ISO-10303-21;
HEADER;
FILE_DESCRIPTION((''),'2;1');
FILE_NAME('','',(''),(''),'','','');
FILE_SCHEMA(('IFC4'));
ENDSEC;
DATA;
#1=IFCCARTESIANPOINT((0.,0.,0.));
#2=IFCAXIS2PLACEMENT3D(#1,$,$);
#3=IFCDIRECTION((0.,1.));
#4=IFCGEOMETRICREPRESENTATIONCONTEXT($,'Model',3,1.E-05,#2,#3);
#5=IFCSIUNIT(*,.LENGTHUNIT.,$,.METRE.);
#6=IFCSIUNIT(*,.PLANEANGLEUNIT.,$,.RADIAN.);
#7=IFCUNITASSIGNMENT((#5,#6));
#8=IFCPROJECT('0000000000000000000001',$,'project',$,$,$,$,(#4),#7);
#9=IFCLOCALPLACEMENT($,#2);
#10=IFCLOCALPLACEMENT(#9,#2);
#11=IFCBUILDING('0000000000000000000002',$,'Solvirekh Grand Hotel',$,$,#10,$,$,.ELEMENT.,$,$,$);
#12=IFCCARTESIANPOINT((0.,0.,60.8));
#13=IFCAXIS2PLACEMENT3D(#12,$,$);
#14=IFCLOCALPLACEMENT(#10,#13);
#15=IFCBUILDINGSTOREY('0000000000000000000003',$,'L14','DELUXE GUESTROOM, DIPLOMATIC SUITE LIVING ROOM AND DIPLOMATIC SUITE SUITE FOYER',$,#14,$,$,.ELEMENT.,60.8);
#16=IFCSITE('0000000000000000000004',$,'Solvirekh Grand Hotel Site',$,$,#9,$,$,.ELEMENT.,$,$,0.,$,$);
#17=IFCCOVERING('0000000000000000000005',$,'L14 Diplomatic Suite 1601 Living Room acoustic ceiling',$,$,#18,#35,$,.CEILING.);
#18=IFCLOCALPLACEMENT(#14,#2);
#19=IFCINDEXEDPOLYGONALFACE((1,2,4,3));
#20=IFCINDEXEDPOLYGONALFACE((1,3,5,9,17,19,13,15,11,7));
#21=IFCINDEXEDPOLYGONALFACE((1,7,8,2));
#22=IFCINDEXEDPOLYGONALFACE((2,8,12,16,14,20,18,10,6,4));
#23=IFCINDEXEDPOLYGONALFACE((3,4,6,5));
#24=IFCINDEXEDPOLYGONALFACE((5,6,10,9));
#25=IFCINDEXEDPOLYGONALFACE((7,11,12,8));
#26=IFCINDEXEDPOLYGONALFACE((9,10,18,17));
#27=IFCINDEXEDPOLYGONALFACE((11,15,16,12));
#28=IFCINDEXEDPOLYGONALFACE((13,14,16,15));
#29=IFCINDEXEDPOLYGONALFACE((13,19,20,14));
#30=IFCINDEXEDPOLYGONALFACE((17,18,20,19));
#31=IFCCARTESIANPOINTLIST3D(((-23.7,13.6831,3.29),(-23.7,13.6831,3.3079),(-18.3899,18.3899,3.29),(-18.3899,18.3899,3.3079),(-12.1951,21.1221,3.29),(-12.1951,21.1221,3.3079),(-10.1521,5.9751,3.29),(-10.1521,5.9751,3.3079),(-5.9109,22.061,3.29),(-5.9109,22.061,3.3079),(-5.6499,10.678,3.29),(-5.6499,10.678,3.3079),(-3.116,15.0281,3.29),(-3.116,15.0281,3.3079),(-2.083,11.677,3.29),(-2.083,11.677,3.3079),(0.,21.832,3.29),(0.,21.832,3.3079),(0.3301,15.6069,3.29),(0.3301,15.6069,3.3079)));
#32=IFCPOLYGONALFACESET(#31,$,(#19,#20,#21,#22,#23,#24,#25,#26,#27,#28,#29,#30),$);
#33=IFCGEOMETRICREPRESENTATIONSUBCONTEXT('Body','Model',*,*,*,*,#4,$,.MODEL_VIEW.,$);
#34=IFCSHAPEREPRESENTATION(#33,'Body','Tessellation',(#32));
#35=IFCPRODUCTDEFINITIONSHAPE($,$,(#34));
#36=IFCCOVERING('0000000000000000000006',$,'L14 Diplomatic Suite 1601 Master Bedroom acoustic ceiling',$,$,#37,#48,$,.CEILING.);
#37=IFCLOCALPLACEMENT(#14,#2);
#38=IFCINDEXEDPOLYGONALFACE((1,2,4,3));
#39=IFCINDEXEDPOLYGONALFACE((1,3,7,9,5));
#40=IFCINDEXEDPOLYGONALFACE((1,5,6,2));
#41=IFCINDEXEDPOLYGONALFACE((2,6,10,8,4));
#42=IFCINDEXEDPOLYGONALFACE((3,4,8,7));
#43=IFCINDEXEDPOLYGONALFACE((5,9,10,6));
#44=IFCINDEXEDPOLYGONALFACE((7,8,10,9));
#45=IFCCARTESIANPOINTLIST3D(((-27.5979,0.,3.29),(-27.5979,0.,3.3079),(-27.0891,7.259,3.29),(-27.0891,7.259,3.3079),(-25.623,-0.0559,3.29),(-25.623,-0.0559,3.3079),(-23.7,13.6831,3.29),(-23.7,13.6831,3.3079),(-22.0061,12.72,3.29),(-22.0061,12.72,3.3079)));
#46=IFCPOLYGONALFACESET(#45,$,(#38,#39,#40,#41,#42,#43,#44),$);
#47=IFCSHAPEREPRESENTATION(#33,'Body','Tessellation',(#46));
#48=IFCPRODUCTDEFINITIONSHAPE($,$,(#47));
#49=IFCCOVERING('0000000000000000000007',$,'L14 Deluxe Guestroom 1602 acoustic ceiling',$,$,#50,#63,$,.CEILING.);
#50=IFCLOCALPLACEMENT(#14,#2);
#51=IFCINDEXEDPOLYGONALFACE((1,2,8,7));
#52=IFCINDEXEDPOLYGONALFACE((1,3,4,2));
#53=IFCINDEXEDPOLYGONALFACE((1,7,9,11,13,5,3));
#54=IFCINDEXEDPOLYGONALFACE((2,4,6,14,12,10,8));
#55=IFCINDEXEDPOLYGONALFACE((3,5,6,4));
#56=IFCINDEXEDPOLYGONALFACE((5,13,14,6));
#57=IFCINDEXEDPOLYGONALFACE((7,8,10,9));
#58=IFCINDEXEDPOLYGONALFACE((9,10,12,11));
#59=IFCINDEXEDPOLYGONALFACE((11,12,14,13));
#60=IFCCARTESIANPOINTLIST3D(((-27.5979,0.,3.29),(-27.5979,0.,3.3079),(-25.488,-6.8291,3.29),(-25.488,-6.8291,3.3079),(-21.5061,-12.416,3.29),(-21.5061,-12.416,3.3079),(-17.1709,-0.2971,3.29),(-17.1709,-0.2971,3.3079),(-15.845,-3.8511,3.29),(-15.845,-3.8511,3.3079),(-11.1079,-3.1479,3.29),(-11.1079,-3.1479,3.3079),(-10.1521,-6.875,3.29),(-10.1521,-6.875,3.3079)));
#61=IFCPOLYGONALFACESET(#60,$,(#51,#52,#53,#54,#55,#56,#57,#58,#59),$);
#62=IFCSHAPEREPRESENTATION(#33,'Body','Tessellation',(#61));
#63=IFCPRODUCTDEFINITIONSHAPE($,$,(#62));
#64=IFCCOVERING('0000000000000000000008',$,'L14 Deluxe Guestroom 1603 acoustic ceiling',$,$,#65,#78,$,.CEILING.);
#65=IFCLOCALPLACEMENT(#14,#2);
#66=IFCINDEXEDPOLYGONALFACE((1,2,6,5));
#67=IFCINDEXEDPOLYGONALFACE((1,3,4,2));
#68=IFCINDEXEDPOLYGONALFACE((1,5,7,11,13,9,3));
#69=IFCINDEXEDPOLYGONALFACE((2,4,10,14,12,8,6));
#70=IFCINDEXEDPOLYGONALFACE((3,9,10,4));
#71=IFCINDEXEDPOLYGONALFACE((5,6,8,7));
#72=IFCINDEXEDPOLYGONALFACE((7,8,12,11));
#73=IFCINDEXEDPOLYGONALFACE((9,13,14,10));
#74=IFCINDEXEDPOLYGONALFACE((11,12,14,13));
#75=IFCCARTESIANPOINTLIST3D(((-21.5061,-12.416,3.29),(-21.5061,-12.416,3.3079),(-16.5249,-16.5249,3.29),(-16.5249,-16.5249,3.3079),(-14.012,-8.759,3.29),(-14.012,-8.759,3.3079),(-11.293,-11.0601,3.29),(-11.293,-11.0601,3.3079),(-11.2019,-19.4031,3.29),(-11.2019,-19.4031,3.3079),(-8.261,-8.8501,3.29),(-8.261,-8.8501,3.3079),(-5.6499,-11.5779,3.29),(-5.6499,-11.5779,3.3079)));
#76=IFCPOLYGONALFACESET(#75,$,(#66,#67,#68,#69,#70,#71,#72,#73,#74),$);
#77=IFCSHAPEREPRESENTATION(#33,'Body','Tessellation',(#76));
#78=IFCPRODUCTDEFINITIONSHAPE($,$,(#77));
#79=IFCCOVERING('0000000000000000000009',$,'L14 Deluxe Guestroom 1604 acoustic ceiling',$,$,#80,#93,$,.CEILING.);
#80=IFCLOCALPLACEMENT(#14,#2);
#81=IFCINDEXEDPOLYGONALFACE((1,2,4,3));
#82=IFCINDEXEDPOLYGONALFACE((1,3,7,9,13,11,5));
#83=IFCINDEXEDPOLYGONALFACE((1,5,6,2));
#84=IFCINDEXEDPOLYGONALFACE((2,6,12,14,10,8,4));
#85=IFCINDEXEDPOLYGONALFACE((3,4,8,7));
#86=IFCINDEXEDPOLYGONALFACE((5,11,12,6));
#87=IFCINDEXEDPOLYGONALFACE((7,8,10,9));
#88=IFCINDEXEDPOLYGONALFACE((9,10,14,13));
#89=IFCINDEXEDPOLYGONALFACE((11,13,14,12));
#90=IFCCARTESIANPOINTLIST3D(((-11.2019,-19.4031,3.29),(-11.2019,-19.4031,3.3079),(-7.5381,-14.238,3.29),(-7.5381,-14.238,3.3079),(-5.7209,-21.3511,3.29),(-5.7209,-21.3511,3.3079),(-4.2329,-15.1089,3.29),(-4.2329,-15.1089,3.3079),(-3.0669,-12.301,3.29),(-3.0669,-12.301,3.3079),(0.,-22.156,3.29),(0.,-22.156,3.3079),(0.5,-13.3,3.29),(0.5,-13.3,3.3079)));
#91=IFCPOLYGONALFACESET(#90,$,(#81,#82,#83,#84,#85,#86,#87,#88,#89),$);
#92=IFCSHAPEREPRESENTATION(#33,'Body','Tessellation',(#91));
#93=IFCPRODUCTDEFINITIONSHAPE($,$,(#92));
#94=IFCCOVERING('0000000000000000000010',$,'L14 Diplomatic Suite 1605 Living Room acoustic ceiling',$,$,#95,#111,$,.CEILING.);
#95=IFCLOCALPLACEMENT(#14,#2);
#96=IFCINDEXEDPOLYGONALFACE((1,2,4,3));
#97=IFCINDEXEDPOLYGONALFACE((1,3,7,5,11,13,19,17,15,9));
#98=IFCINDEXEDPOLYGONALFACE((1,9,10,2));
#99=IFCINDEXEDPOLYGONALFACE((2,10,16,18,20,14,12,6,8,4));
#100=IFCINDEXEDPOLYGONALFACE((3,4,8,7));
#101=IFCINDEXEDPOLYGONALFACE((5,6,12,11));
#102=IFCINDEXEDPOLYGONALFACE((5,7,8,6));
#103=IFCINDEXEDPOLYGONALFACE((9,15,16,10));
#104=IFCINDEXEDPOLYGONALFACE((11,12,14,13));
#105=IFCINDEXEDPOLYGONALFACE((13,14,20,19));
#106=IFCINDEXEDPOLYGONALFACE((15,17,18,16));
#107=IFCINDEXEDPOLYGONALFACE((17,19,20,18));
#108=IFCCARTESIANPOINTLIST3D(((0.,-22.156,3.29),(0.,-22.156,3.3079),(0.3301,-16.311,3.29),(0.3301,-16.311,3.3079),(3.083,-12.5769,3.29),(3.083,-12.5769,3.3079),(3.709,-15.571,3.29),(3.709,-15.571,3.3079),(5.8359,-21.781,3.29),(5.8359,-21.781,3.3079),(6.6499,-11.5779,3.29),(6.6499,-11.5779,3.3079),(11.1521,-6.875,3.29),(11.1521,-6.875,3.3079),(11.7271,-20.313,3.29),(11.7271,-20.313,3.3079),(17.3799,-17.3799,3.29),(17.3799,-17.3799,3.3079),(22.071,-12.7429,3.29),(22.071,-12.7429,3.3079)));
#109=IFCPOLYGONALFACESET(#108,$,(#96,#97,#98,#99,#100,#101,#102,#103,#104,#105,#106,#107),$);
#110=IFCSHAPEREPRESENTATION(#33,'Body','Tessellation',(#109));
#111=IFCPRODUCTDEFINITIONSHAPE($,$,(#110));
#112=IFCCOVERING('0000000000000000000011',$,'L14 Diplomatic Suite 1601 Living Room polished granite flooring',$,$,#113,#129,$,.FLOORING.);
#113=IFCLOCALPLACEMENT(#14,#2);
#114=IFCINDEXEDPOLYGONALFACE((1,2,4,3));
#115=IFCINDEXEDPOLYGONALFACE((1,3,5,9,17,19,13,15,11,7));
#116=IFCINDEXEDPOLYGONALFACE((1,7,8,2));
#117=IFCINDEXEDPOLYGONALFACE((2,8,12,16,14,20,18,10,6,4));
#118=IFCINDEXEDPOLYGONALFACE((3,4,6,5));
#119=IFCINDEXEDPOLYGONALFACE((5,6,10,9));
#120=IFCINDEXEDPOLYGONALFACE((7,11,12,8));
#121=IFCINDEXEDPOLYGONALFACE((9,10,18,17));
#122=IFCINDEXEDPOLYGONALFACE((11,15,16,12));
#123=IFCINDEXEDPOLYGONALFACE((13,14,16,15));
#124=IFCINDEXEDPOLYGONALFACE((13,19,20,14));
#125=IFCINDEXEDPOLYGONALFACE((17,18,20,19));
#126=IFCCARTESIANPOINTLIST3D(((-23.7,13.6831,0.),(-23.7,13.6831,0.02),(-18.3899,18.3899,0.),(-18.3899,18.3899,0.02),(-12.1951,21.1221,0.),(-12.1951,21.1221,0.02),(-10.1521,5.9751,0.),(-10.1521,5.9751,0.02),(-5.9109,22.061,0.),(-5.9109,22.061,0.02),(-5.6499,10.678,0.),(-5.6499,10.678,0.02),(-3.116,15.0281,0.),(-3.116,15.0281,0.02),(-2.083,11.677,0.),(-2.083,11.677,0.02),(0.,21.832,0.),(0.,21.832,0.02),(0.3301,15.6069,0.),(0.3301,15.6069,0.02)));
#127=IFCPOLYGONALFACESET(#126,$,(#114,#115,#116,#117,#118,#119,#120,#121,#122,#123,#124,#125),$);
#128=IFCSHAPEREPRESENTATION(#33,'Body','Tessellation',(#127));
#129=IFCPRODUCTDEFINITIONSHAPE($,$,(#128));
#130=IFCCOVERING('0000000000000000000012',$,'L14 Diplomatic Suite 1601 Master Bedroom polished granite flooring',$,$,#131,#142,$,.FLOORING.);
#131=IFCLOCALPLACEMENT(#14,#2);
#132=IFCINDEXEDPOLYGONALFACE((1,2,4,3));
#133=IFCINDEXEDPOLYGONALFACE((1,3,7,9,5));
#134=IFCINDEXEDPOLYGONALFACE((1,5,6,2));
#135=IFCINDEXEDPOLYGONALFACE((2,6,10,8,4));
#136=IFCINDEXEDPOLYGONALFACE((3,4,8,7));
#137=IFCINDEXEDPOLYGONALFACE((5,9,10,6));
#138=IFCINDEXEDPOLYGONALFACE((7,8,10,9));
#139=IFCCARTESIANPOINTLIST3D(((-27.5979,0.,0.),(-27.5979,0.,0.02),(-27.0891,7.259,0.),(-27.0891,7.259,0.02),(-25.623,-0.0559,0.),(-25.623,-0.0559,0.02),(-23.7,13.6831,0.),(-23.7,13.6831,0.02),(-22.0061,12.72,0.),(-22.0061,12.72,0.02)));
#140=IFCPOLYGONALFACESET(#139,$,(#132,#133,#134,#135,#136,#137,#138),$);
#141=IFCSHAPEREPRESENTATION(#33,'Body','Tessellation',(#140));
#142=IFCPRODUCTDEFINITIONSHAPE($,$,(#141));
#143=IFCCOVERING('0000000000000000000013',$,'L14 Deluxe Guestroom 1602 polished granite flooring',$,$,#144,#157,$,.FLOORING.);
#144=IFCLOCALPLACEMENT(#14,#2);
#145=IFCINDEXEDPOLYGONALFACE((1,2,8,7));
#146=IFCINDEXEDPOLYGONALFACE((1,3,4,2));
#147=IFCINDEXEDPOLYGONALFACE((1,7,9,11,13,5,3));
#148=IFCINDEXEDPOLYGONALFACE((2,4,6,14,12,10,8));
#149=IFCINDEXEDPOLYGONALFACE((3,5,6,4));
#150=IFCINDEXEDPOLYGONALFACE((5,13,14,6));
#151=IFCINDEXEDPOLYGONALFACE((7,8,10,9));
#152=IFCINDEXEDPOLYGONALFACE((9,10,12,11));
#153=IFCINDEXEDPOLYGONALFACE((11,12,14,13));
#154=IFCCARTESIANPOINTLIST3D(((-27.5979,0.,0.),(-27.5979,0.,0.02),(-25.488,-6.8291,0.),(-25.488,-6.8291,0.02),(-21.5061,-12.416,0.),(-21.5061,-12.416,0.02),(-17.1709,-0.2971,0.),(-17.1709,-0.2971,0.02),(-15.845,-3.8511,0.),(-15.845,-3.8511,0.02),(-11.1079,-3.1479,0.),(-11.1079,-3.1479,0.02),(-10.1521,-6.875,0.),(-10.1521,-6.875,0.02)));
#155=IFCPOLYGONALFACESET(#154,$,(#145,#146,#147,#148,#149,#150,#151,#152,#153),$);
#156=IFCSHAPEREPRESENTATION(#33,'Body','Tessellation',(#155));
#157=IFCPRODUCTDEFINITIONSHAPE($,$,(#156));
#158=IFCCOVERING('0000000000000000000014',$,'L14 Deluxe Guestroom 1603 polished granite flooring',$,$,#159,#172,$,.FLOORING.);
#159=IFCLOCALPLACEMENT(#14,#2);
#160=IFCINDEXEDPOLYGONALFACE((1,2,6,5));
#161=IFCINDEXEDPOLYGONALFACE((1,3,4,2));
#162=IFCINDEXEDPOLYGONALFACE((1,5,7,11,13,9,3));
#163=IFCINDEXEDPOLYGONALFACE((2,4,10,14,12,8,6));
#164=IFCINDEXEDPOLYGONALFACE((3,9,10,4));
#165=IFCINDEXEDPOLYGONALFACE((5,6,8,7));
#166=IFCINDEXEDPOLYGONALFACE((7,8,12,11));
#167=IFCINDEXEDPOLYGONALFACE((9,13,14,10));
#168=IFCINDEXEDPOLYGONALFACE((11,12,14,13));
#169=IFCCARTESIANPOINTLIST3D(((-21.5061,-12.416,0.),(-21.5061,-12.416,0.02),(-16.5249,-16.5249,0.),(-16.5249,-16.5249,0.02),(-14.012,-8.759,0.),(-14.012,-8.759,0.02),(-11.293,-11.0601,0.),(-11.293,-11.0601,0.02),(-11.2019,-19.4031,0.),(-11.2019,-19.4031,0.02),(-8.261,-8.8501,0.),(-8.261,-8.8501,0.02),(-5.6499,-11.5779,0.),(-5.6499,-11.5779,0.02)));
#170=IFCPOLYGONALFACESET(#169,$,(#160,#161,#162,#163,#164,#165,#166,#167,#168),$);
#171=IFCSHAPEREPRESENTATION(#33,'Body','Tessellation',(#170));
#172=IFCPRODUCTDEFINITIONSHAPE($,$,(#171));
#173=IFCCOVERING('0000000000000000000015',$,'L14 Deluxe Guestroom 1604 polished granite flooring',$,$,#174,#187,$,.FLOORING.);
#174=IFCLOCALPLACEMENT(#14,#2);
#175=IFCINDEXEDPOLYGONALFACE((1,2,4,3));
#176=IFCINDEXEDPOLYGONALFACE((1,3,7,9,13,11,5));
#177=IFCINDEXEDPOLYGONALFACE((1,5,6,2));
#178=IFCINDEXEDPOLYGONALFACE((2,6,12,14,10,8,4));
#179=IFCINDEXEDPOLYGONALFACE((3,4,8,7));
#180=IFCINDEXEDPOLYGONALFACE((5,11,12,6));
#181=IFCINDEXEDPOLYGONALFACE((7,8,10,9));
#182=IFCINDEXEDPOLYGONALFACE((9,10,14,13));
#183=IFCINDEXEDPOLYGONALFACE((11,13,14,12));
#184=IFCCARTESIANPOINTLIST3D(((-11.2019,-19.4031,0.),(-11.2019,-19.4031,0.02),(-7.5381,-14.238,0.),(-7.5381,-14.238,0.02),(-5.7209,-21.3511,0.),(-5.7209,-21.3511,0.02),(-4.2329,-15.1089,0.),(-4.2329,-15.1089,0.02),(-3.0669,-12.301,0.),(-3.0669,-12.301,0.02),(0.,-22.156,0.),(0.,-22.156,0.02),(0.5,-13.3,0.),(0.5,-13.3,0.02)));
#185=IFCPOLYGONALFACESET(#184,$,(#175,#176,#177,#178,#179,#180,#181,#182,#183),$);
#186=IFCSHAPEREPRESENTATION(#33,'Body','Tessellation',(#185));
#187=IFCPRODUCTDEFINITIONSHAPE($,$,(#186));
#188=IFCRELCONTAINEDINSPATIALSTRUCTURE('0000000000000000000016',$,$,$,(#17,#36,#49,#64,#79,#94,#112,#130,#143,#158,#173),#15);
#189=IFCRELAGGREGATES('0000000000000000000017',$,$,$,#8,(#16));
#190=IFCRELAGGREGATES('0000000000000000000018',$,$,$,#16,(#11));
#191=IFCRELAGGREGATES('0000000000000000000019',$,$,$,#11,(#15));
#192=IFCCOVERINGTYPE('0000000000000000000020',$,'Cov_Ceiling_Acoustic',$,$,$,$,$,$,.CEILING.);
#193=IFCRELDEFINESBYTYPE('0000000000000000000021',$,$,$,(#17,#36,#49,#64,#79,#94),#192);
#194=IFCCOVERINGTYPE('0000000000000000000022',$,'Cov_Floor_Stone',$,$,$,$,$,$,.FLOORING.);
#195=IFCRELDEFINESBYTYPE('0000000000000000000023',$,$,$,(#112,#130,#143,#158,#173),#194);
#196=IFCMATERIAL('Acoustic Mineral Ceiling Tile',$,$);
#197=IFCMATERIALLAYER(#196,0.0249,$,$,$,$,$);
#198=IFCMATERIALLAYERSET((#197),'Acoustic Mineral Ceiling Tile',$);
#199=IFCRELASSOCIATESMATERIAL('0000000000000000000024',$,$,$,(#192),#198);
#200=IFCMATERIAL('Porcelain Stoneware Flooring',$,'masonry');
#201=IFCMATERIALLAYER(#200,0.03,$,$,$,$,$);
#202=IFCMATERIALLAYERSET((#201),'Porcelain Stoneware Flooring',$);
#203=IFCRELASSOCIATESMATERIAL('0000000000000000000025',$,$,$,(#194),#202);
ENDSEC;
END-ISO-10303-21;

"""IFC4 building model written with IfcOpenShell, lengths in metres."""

from ifc_helpers import new_model, si_unit, direction, frame, origin, place, context, subcontext, project, spatial, polyline, outline, extrude, material, layer, layer_set, type_object, element, save


model = new_model("IFC4")

# Units and contexts
model_context = context("Model", 3, precision=1e-05, world=origin(), true_north=direction((0.0, 1.0)))
body_context = subcontext(model_context, "Body", "Model", "MODEL_VIEW")
ifc_project = project(units=[si_unit("LENGTHUNIT", "METRE"), si_unit("PLANEANGLEUNIT", "RADIAN")], contexts=[model_context])

# Site, building, storey
site_placement = place(None, origin())
site = spatial("IfcSite", under=ifc_project, at=site_placement, Name="Solvirekh Grand Hotel Site", CompositionType="ELEMENT", RefElevation=0.0)
building_placement = place(site_placement, origin())
building = spatial("IfcBuilding", under=site, at=building_placement, Name="Solvirekh Grand Hotel", CompositionType="ELEMENT")
storey_placement = place(building_placement, frame((0.0, 0.0, 60.8)))
storey = spatial("IfcBuildingStorey", under=building, at=storey_placement, Name="L14", Description="DELUXE GUESTROOM, DIPLOMATIC SUITE LIVING ROOM AND DIPLOMATIC SUITE SUITE FOYER", CompositionType="ELEMENT", Elevation=60.8)

# Coverings
ifc_material_1 = material(Name="Acoustic Mineral Ceiling Tile")
ifc_layer_1 = layer(ifc_material_1, 0.0249)
ifc_layer_set_1 = layer_set([ifc_layer_1], Name="Acoustic Mineral Ceiling Tile")
covering_type_1 = type_object("IfcCoveringType", Name="Cov_Ceiling_Acoustic", PredefinedType="CEILING", material=ifc_layer_set_1)
covering_1_placement = place(storey_placement, frame((0.0, 0.0, 3.29)))
element("IfcCovering", 1, at=covering_1_placement, inside=storey, type_object=covering_type_1, Name="L14 Diplomatic Suite 1601 Living Room acoustic ceiling", PredefinedType="CEILING", context=body_context, shape_type="SweptSolid", body=[
    extrude(outline(polyline([(-3.116, 15.0281), (0.3301, 15.6069), (0.0, 21.832), (-5.9109, 22.061), (-12.1951, 21.1221), (-18.3899, 18.3899), (-23.7, 13.6831), (-10.1521, 5.9751), (-5.6499, 10.678), (-2.083, 11.677), (-3.116, 15.0281)])), origin(), (0.0, 0.0, 1.0), 0.0178),
])
covering_2_placement = place(storey_placement, frame((0.0, 0.0, 3.29)))
element("IfcCovering", 2, at=covering_2_placement, inside=storey, type_object=covering_type_1, Name="L14 Diplomatic Suite 1601 Master Bedroom acoustic ceiling", PredefinedType="CEILING", context=body_context, shape_type="SweptSolid", body=[
    extrude(outline(polyline([(-23.7, 13.6831), (-27.0891, 7.259), (-27.5979, 0.0), (-25.623, -0.0559), (-22.0061, 12.72), (-23.7, 13.6831)])), origin(), (0.0, 0.0, 1.0), 0.0178),
])
covering_3_placement = place(storey_placement, frame((0.0, 0.0, 3.29)))
element("IfcCovering", 3, at=covering_3_placement, inside=storey, type_object=covering_type_1, Name="L14 Deluxe Guestroom 1602 acoustic ceiling", PredefinedType="CEILING", context=body_context, shape_type="SweptSolid", body=[
    extrude(outline(polyline([(-15.845, -3.8511), (-17.1709, -0.2971), (-27.5979, 0.0), (-25.488, -6.8291), (-21.5061, -12.416), (-10.1521, -6.875), (-11.1079, -3.1479), (-15.845, -3.8511)])), origin(), (0.0, 0.0, 1.0), 0.0178),
])
covering_4_placement = place(storey_placement, frame((0.0, 0.0, 3.29)))
element("IfcCovering", 4, at=covering_4_placement, inside=storey, type_object=covering_type_1, Name="L14 Deluxe Guestroom 1603 acoustic ceiling", PredefinedType="CEILING", context=body_context, shape_type="SweptSolid", body=[
    extrude(outline(polyline([(-11.293, -11.0601), (-14.012, -8.759), (-21.5061, -12.416), (-16.5249, -16.5249), (-11.2019, -19.4031), (-5.6499, -11.5779), (-8.261, -8.8501), (-11.293, -11.0601)])), origin(), (0.0, 0.0, 1.0), 0.0178),
])
covering_5_placement = place(storey_placement, frame((0.0, 0.0, 3.29)))
element("IfcCovering", 5, at=covering_5_placement, inside=storey, type_object=covering_type_1, Name="L14 Deluxe Guestroom 1604 acoustic ceiling", PredefinedType="CEILING", context=body_context, shape_type="SweptSolid", body=[
    extrude(outline(polyline([(-4.2329, -15.1089), (-7.5381, -14.238), (-11.2019, -19.4031), (-5.7209, -21.3511), (0.0, -22.156), (0.5, -13.3), (-3.0669, -12.301), (-4.2329, -15.1089)])), origin(), (0.0, 0.0, 1.0), 0.0178),
])
covering_6_placement = place(storey_placement, frame((0.0, 0.0, 3.29)))
element("IfcCovering", 6, at=covering_6_placement, inside=storey, type_object=covering_type_1, Name="L14 Diplomatic Suite 1605 Living Room acoustic ceiling", PredefinedType="CEILING", context=body_context, shape_type="SweptSolid", body=[
    extrude(outline(polyline([(3.709, -15.571), (0.3301, -16.311), (0.0, -22.156), (5.8359, -21.781), (11.7271, -20.313), (17.3799, -17.3799), (22.071, -12.7429), (11.1521, -6.875), (6.6499, -11.5779), (3.083, -12.5769), (3.709, -15.571)])), origin(), (0.0, 0.0, 1.0), 0.0178),
])
ifc_material_2 = material(Name="Porcelain Stoneware Flooring", Category="masonry")
ifc_layer_2 = layer(ifc_material_2, 0.03)
ifc_layer_set_2 = layer_set([ifc_layer_2], Name="Porcelain Stoneware Flooring")
covering_type_2 = type_object("IfcCoveringType", Name="Cov_Floor_Stone", PredefinedType="FLOORING", material=ifc_layer_set_2)
covering_7_placement = place(storey_placement, origin())
element("IfcCovering", 7, at=covering_7_placement, inside=storey, type_object=covering_type_2, Name="L14 Diplomatic Suite 1601 Living Room polished granite flooring", PredefinedType="FLOORING", context=body_context, shape_type="SweptSolid", body=[
    extrude(outline(polyline([(-3.116, 15.0281), (0.3301, 15.6069), (0.0, 21.832), (-5.9109, 22.061), (-12.1951, 21.1221), (-18.3899, 18.3899), (-23.7, 13.6831), (-10.1521, 5.9751), (-5.6499, 10.678), (-2.083, 11.677), (-3.116, 15.0281)])), origin(), (0.0, 0.0, 1.0), 0.02),
])
covering_8_placement = place(storey_placement, origin())
element("IfcCovering", 8, at=covering_8_placement, inside=storey, type_object=covering_type_2, Name="L14 Diplomatic Suite 1601 Master Bedroom polished granite flooring", PredefinedType="FLOORING", context=body_context, shape_type="SweptSolid", body=[
    extrude(outline(polyline([(-23.7, 13.6831), (-27.0891, 7.259), (-27.5979, 0.0), (-25.623, -0.0559), (-22.0061, 12.72), (-23.7, 13.6831)])), origin(), (0.0, 0.0, 1.0), 0.02),
])
covering_9_placement = place(storey_placement, origin())
element("IfcCovering", 9, at=covering_9_placement, inside=storey, type_object=covering_type_2, Name="L14 Deluxe Guestroom 1602 polished granite flooring", PredefinedType="FLOORING", context=body_context, shape_type="SweptSolid", body=[
    extrude(outline(polyline([(-15.845, -3.8511), (-17.1709, -0.2971), (-27.5979, 0.0), (-25.488, -6.8291), (-21.5061, -12.416), (-10.1521, -6.875), (-11.1079, -3.1479), (-15.845, -3.8511)])), origin(), (0.0, 0.0, 1.0), 0.02),
])
covering_10_placement = place(storey_placement, origin())
element("IfcCovering", 10, at=covering_10_placement, inside=storey, type_object=covering_type_2, Name="L14 Deluxe Guestroom 1603 polished granite flooring", PredefinedType="FLOORING", context=body_context, shape_type="SweptSolid", body=[
    extrude(outline(polyline([(-11.293, -11.0601), (-14.012, -8.759), (-21.5061, -12.416), (-16.5249, -16.5249), (-11.2019, -19.4031), (-5.6499, -11.5779), (-8.261, -8.8501), (-11.293, -11.0601)])), origin(), (0.0, 0.0, 1.0), 0.02),
])
covering_11_placement = place(storey_placement, origin())
element("IfcCovering", 11, at=covering_11_placement, inside=storey, type_object=covering_type_2, Name="L14 Deluxe Guestroom 1604 polished granite flooring", PredefinedType="FLOORING", context=body_context, shape_type="SweptSolid", body=[
    extrude(outline(polyline([(-4.2329, -15.1089), (-7.5381, -14.238), (-11.2019, -19.4031), (-5.7209, -21.3511), (0.0, -22.156), (0.5, -13.3), (-3.0669, -12.301), (-4.2329, -15.1089)])), origin(), (0.0, 0.0, 1.0), 0.02),
])

save(model, "model.ifc")
